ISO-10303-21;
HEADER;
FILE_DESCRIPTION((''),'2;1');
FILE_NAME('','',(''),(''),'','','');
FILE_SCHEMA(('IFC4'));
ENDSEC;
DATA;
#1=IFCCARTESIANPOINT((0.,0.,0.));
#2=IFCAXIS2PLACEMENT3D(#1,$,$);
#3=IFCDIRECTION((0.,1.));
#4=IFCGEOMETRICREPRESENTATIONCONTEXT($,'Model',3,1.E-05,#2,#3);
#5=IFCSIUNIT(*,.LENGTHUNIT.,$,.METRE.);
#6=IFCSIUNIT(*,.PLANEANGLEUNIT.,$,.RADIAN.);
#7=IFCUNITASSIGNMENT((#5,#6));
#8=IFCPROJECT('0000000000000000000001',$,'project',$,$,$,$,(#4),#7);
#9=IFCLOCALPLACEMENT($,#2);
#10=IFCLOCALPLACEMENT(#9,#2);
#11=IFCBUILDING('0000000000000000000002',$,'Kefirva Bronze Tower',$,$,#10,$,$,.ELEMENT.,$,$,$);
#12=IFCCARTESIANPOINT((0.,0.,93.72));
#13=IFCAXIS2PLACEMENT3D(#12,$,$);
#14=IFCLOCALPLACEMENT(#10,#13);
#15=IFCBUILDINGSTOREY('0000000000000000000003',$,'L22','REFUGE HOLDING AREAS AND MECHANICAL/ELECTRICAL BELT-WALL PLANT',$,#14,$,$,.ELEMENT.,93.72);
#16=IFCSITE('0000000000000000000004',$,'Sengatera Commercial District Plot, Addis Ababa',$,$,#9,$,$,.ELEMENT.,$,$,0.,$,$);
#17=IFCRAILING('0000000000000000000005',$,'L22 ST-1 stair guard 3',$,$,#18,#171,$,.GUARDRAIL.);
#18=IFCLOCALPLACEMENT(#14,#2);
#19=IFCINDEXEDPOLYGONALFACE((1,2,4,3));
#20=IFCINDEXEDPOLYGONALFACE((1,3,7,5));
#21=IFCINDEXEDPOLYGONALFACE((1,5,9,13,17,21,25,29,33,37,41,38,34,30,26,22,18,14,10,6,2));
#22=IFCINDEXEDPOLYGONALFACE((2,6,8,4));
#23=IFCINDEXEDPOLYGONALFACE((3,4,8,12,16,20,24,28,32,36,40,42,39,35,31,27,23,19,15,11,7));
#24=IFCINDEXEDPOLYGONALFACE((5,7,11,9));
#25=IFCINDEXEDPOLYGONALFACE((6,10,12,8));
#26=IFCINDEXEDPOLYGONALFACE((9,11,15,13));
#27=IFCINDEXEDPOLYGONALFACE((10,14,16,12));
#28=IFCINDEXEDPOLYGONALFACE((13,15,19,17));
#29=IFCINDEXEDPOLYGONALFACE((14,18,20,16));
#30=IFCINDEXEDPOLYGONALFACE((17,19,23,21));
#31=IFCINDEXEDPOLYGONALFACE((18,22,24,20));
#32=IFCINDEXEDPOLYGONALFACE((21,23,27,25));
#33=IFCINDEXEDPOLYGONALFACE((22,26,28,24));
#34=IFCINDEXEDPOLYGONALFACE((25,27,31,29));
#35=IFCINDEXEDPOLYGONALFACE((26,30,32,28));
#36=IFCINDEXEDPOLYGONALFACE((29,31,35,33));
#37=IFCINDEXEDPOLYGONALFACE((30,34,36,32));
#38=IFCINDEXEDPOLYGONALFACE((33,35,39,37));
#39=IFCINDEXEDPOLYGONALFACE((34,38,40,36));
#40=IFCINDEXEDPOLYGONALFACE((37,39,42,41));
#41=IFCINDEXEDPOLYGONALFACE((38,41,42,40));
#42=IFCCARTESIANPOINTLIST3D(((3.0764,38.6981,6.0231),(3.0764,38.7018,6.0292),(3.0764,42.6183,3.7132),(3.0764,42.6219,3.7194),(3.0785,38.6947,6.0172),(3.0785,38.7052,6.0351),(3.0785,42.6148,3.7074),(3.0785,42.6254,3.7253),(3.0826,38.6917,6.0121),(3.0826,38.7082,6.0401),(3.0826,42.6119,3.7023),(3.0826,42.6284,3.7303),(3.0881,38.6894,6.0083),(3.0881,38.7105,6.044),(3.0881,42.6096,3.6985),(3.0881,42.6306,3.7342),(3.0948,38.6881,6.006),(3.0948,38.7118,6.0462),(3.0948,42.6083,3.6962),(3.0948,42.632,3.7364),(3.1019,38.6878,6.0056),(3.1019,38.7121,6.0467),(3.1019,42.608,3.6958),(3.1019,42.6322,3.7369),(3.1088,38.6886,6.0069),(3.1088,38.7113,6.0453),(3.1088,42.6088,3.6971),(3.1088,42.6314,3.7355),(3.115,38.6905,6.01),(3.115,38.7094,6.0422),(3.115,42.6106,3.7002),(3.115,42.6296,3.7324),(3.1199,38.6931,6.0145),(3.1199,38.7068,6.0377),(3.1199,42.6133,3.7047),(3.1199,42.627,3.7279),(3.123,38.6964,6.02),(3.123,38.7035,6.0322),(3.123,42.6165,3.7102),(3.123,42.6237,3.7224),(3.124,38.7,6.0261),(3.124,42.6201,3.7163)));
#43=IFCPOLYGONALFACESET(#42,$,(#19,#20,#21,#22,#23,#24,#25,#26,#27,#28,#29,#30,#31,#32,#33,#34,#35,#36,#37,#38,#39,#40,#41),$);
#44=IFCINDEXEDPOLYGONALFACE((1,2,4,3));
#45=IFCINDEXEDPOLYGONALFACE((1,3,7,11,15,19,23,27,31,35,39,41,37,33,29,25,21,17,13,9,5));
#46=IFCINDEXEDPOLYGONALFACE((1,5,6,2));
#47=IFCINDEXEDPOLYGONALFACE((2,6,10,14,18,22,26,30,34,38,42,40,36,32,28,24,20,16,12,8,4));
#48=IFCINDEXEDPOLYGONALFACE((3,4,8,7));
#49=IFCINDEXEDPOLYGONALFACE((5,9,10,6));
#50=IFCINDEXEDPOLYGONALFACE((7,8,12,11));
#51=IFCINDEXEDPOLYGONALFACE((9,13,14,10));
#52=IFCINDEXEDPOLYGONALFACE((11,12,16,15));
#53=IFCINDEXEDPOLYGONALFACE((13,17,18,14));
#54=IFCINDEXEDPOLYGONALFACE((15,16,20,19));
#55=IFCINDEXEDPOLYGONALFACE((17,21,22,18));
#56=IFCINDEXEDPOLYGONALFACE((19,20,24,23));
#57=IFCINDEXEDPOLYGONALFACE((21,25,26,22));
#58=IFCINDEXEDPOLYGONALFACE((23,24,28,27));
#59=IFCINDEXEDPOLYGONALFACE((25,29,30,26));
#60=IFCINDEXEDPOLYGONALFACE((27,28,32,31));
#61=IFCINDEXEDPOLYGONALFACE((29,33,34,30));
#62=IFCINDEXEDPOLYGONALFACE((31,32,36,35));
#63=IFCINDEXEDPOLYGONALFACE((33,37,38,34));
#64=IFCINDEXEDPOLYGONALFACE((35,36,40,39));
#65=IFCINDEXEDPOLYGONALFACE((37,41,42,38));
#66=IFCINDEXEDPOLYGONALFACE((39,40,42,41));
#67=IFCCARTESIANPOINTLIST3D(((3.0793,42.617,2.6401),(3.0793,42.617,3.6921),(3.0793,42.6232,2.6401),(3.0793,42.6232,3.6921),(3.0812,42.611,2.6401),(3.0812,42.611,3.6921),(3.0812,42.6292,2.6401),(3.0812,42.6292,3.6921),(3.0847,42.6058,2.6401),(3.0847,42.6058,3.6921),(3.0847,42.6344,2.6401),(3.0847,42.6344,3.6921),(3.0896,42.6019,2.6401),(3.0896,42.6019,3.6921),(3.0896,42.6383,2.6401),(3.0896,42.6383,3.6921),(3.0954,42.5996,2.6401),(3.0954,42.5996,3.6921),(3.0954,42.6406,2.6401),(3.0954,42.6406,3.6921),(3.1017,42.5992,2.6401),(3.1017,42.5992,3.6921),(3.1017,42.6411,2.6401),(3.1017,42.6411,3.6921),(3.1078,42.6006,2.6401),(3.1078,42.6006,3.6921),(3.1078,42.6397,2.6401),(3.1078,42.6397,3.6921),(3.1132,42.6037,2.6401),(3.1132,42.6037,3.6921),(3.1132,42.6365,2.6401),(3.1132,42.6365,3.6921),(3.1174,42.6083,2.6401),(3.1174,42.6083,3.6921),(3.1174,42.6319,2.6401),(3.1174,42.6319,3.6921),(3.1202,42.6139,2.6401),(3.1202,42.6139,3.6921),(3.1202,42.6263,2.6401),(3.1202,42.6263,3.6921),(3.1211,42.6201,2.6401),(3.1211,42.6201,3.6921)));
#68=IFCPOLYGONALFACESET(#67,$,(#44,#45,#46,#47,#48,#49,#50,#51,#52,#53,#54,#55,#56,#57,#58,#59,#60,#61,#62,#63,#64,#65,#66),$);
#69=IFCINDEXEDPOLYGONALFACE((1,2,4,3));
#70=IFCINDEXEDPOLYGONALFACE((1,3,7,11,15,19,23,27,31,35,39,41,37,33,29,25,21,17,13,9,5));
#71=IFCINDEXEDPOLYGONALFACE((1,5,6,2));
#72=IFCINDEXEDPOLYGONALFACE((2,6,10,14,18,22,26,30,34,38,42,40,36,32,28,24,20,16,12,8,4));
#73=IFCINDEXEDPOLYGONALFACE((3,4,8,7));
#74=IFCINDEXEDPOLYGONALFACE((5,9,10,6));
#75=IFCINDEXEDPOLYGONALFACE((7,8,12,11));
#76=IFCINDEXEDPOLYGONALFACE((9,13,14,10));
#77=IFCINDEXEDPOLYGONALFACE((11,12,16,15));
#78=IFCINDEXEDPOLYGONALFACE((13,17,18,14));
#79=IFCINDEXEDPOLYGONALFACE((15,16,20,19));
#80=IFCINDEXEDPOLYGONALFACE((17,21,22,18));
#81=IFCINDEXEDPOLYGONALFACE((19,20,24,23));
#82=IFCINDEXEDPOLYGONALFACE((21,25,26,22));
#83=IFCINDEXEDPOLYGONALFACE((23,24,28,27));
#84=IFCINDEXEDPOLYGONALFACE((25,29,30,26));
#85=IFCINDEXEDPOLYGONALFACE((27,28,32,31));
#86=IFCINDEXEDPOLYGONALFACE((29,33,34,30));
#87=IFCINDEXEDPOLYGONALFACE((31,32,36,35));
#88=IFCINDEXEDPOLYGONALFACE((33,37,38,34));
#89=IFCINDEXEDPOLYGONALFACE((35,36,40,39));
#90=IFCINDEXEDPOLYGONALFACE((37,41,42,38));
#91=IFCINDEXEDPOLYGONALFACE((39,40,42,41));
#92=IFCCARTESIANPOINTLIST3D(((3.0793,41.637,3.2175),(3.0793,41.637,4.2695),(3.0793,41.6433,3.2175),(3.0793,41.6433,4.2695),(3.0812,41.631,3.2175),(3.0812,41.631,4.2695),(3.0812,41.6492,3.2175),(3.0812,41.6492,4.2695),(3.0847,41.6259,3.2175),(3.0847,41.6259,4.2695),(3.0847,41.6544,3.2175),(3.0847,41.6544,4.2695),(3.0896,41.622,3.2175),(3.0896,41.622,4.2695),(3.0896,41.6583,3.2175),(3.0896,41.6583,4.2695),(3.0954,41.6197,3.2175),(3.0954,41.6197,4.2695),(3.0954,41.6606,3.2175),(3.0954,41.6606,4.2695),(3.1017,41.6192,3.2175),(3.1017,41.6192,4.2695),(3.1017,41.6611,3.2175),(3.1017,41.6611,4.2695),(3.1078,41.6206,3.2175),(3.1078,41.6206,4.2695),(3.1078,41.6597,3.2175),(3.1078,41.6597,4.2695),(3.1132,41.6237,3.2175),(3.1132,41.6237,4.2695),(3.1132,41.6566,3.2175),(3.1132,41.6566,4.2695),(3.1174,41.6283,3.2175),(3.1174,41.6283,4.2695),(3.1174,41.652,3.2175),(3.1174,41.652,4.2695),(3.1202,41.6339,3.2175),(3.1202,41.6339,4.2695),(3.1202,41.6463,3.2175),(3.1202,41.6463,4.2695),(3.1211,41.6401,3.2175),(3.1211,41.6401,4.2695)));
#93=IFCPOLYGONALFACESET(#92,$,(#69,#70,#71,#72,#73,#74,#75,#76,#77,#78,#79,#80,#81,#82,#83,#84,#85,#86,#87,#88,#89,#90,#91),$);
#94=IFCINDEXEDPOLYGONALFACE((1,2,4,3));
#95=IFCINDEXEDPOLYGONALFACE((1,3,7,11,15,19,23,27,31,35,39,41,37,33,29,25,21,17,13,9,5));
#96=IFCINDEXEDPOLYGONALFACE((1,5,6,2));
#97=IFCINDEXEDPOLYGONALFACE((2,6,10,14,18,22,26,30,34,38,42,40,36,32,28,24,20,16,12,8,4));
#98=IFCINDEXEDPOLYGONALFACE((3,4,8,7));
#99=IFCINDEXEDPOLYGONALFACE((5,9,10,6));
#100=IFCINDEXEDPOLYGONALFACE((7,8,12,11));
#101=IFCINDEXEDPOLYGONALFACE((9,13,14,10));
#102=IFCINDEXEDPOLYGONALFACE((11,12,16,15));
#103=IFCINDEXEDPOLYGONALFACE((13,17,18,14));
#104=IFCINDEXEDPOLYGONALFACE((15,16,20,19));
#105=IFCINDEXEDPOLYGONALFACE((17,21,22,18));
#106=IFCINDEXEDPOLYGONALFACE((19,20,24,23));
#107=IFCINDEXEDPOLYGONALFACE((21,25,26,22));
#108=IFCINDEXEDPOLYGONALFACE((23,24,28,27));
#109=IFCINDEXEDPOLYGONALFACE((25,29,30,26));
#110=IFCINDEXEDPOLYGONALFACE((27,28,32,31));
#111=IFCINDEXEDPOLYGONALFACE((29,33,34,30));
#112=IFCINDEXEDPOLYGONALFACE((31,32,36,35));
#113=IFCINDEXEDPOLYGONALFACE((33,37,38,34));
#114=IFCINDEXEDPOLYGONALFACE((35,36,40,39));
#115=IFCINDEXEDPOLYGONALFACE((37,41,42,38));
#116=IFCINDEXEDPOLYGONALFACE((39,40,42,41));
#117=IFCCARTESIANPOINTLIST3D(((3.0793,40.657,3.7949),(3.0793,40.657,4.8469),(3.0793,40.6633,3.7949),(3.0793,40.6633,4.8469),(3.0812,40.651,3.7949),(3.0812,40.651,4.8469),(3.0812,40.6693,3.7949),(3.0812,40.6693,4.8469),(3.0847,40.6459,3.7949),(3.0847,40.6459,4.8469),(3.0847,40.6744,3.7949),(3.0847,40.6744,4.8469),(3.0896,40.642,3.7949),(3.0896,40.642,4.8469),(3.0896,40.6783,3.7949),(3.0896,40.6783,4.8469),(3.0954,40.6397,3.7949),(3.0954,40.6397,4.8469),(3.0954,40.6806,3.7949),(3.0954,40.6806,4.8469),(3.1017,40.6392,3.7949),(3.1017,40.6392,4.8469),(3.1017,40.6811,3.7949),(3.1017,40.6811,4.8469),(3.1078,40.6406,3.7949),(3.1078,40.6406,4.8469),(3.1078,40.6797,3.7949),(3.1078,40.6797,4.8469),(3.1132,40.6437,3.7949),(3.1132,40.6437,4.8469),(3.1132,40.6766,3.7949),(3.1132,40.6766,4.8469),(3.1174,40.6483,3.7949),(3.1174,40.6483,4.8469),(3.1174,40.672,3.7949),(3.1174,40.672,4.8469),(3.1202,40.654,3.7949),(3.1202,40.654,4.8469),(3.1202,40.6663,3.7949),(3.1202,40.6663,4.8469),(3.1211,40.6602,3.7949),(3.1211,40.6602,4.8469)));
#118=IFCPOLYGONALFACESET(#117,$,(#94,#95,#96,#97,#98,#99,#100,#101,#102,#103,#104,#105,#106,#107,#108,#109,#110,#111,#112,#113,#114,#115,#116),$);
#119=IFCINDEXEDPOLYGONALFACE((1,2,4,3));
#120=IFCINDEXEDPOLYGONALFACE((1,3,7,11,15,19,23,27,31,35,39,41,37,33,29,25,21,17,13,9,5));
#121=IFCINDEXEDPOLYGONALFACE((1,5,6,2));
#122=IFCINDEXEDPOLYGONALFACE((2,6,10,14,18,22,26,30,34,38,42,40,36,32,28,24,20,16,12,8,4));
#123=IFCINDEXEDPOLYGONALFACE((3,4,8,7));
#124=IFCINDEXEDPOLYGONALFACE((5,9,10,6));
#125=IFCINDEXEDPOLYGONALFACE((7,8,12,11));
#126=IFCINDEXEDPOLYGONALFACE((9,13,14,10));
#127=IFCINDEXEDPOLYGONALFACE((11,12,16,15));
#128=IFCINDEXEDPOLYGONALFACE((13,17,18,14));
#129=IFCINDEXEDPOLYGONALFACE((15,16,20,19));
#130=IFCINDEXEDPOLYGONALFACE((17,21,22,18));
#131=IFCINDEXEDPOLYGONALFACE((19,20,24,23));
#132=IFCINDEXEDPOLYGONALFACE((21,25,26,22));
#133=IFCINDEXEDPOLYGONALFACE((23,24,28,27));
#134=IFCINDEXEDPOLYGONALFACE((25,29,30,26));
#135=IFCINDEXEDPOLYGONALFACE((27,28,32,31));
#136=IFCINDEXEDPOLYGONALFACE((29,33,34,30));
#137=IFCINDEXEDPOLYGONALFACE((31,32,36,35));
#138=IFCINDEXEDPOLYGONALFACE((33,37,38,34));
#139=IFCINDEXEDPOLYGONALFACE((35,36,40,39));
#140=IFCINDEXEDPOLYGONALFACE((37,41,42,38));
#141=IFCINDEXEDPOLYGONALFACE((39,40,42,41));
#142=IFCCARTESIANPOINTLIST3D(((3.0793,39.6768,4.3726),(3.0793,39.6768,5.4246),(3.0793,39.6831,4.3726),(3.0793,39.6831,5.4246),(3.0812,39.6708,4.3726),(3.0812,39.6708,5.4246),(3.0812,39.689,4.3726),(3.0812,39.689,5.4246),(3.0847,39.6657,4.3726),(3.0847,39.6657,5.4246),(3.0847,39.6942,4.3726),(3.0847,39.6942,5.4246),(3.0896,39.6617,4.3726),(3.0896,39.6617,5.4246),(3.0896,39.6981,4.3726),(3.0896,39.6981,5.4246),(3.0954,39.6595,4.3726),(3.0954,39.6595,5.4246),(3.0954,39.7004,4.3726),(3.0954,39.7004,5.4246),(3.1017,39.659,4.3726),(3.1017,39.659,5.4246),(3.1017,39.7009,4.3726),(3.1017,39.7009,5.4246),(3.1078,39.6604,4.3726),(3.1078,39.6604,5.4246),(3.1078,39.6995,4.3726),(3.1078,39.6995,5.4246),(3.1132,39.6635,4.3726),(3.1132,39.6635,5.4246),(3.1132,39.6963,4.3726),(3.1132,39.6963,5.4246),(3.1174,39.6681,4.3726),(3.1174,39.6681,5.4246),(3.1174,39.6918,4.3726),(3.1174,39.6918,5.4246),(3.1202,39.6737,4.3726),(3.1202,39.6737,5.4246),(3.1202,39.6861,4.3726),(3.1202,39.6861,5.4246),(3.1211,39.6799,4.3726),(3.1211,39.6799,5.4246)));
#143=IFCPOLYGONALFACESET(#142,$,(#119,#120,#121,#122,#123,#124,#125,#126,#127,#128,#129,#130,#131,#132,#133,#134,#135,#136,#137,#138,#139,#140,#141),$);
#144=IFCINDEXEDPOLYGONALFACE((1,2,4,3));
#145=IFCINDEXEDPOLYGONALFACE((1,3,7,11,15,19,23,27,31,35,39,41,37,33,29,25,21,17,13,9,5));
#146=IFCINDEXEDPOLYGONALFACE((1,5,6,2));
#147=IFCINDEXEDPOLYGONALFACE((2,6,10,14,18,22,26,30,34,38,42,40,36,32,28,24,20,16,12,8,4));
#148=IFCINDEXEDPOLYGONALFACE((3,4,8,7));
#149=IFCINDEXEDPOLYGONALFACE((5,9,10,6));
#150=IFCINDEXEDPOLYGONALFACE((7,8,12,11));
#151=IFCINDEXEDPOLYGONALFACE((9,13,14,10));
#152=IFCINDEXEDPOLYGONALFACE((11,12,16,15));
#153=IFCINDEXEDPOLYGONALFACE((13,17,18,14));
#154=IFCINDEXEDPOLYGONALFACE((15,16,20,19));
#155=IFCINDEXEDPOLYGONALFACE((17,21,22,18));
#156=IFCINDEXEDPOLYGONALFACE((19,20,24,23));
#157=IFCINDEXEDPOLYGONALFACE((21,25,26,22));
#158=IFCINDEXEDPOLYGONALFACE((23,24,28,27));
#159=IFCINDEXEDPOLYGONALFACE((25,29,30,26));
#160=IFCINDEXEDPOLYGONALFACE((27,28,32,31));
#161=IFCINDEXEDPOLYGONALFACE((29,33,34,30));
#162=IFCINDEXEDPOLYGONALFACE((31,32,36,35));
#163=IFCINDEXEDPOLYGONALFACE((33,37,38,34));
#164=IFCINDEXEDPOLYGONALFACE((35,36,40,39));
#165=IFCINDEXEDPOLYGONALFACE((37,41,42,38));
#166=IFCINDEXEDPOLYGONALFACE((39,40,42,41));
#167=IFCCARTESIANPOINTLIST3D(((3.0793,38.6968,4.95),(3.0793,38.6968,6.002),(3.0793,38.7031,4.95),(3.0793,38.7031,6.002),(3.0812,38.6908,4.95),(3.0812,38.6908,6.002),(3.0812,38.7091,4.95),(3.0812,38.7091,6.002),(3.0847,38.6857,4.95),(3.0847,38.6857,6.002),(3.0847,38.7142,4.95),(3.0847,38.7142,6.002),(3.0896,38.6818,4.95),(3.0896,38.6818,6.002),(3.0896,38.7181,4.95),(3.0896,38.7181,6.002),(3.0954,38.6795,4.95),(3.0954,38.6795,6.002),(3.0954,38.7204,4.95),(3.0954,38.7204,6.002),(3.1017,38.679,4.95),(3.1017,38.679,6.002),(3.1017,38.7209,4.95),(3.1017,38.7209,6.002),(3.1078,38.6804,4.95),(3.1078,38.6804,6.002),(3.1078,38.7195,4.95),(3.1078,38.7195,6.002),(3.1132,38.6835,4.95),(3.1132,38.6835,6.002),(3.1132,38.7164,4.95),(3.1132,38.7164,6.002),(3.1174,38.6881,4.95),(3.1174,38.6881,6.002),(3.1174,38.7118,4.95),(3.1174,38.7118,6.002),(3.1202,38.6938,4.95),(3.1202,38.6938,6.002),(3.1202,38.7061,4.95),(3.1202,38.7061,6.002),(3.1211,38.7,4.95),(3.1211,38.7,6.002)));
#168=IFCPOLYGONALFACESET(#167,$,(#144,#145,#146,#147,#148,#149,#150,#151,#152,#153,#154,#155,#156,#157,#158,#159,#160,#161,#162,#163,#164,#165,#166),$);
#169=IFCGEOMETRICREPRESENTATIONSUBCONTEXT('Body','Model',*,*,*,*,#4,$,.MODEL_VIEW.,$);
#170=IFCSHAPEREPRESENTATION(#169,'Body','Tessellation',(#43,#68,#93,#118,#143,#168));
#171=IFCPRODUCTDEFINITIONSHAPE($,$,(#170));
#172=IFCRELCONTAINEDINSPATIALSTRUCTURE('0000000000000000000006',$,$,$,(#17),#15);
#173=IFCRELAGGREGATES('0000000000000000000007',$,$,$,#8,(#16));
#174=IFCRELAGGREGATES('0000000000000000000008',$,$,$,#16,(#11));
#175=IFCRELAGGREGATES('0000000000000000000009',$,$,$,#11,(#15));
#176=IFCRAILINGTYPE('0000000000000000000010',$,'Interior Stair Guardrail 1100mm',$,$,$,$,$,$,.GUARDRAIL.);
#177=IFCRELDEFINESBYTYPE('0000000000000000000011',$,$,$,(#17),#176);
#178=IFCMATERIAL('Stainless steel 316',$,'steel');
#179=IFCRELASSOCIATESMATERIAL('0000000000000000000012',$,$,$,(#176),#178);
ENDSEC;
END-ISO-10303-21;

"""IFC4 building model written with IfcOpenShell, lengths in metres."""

from ifc_helpers import new_model, si_unit, direction, frame, origin, origin_2d, place, context, subcontext, project, spatial, circle, extrude, material, type_object, element, save


model = new_model("IFC4")

# Units and contexts
model_context = context("Model", 3, precision=1e-05, world=origin(), true_north=direction((0.0, 1.0)))
body_context = subcontext(model_context, "Body", "Model", "MODEL_VIEW")
ifc_project = project(units=[si_unit("LENGTHUNIT", "METRE"), si_unit("PLANEANGLEUNIT", "RADIAN")], contexts=[model_context])

# Site, building, storey
site_placement = place(None, origin())
site = spatial("IfcSite", under=ifc_project, at=site_placement, Name="Sengatera Commercial District Plot, Addis Ababa", CompositionType="ELEMENT", RefElevation=0.0)
building_placement = place(site_placement, origin())
building = spatial("IfcBuilding", under=site, at=building_placement, Name="Kefirva Bronze Tower", CompositionType="ELEMENT")
storey_placement = place(building_placement, frame((0.0, 0.0, 93.72)))
storey = spatial("IfcBuildingStorey", under=building, at=storey_placement, Name="L22", Description="REFUGE HOLDING AREAS AND MECHANICAL/ELECTRICAL BELT-WALL PLANT", CompositionType="ELEMENT", Elevation=93.72)

# Shared definitions
ifc_material_1 = material(Name="Stainless steel 316", Category="steel")

# Railing
railing_type_1 = type_object("IfcRailingType", Name="Interior Stair Guardrail 1100mm", PredefinedType="GUARDRAIL", material=ifc_material_1)
railing_1_placement = place(storey_placement, frame((3.1001, 42.6201, 2.6401)))
element("IfcRailing", 1, at=railing_1_placement, inside=storey, type_object=railing_type_1, Name="L22 ST-1 stair guard 3", PredefinedType="GUARDRAIL", context=body_context, shape_type="SweptSolid", body=[
    extrude(circle(Radius=0.0239, at=origin_2d()), frame((0.0, 0.0, 1.0762), z_axis=(0.0, -0.861566, 0.507646), x_axis=(1.0, 0.0, 0.0)), (0.0, 0.0, 1.0), 4.55),
    extrude(circle(Radius=0.021, at=origin_2d()), origin(), (0.0, 0.0, 1.0), 1.052),
    extrude(circle(Radius=0.021, at=origin_2d()), frame((0.0, -0.98, 0.5774)), (0.0, 0.0, 1.0), 1.052),
    extrude(circle(Radius=0.021, at=origin_2d()), frame((0.0, -1.96, 1.1548)), (0.0, 0.0, 1.0), 1.052),
    extrude(circle(Radius=0.021, at=origin_2d()), frame((0.0, -2.9402, 1.7324)), (0.0, 0.0, 1.0), 1.052),
    extrude(circle(Radius=0.021, at=origin_2d()), frame((0.0, -3.9202, 2.3098)), (0.0, 0.0, 1.0), 1.052),
])

save(model, "model.ifc")
